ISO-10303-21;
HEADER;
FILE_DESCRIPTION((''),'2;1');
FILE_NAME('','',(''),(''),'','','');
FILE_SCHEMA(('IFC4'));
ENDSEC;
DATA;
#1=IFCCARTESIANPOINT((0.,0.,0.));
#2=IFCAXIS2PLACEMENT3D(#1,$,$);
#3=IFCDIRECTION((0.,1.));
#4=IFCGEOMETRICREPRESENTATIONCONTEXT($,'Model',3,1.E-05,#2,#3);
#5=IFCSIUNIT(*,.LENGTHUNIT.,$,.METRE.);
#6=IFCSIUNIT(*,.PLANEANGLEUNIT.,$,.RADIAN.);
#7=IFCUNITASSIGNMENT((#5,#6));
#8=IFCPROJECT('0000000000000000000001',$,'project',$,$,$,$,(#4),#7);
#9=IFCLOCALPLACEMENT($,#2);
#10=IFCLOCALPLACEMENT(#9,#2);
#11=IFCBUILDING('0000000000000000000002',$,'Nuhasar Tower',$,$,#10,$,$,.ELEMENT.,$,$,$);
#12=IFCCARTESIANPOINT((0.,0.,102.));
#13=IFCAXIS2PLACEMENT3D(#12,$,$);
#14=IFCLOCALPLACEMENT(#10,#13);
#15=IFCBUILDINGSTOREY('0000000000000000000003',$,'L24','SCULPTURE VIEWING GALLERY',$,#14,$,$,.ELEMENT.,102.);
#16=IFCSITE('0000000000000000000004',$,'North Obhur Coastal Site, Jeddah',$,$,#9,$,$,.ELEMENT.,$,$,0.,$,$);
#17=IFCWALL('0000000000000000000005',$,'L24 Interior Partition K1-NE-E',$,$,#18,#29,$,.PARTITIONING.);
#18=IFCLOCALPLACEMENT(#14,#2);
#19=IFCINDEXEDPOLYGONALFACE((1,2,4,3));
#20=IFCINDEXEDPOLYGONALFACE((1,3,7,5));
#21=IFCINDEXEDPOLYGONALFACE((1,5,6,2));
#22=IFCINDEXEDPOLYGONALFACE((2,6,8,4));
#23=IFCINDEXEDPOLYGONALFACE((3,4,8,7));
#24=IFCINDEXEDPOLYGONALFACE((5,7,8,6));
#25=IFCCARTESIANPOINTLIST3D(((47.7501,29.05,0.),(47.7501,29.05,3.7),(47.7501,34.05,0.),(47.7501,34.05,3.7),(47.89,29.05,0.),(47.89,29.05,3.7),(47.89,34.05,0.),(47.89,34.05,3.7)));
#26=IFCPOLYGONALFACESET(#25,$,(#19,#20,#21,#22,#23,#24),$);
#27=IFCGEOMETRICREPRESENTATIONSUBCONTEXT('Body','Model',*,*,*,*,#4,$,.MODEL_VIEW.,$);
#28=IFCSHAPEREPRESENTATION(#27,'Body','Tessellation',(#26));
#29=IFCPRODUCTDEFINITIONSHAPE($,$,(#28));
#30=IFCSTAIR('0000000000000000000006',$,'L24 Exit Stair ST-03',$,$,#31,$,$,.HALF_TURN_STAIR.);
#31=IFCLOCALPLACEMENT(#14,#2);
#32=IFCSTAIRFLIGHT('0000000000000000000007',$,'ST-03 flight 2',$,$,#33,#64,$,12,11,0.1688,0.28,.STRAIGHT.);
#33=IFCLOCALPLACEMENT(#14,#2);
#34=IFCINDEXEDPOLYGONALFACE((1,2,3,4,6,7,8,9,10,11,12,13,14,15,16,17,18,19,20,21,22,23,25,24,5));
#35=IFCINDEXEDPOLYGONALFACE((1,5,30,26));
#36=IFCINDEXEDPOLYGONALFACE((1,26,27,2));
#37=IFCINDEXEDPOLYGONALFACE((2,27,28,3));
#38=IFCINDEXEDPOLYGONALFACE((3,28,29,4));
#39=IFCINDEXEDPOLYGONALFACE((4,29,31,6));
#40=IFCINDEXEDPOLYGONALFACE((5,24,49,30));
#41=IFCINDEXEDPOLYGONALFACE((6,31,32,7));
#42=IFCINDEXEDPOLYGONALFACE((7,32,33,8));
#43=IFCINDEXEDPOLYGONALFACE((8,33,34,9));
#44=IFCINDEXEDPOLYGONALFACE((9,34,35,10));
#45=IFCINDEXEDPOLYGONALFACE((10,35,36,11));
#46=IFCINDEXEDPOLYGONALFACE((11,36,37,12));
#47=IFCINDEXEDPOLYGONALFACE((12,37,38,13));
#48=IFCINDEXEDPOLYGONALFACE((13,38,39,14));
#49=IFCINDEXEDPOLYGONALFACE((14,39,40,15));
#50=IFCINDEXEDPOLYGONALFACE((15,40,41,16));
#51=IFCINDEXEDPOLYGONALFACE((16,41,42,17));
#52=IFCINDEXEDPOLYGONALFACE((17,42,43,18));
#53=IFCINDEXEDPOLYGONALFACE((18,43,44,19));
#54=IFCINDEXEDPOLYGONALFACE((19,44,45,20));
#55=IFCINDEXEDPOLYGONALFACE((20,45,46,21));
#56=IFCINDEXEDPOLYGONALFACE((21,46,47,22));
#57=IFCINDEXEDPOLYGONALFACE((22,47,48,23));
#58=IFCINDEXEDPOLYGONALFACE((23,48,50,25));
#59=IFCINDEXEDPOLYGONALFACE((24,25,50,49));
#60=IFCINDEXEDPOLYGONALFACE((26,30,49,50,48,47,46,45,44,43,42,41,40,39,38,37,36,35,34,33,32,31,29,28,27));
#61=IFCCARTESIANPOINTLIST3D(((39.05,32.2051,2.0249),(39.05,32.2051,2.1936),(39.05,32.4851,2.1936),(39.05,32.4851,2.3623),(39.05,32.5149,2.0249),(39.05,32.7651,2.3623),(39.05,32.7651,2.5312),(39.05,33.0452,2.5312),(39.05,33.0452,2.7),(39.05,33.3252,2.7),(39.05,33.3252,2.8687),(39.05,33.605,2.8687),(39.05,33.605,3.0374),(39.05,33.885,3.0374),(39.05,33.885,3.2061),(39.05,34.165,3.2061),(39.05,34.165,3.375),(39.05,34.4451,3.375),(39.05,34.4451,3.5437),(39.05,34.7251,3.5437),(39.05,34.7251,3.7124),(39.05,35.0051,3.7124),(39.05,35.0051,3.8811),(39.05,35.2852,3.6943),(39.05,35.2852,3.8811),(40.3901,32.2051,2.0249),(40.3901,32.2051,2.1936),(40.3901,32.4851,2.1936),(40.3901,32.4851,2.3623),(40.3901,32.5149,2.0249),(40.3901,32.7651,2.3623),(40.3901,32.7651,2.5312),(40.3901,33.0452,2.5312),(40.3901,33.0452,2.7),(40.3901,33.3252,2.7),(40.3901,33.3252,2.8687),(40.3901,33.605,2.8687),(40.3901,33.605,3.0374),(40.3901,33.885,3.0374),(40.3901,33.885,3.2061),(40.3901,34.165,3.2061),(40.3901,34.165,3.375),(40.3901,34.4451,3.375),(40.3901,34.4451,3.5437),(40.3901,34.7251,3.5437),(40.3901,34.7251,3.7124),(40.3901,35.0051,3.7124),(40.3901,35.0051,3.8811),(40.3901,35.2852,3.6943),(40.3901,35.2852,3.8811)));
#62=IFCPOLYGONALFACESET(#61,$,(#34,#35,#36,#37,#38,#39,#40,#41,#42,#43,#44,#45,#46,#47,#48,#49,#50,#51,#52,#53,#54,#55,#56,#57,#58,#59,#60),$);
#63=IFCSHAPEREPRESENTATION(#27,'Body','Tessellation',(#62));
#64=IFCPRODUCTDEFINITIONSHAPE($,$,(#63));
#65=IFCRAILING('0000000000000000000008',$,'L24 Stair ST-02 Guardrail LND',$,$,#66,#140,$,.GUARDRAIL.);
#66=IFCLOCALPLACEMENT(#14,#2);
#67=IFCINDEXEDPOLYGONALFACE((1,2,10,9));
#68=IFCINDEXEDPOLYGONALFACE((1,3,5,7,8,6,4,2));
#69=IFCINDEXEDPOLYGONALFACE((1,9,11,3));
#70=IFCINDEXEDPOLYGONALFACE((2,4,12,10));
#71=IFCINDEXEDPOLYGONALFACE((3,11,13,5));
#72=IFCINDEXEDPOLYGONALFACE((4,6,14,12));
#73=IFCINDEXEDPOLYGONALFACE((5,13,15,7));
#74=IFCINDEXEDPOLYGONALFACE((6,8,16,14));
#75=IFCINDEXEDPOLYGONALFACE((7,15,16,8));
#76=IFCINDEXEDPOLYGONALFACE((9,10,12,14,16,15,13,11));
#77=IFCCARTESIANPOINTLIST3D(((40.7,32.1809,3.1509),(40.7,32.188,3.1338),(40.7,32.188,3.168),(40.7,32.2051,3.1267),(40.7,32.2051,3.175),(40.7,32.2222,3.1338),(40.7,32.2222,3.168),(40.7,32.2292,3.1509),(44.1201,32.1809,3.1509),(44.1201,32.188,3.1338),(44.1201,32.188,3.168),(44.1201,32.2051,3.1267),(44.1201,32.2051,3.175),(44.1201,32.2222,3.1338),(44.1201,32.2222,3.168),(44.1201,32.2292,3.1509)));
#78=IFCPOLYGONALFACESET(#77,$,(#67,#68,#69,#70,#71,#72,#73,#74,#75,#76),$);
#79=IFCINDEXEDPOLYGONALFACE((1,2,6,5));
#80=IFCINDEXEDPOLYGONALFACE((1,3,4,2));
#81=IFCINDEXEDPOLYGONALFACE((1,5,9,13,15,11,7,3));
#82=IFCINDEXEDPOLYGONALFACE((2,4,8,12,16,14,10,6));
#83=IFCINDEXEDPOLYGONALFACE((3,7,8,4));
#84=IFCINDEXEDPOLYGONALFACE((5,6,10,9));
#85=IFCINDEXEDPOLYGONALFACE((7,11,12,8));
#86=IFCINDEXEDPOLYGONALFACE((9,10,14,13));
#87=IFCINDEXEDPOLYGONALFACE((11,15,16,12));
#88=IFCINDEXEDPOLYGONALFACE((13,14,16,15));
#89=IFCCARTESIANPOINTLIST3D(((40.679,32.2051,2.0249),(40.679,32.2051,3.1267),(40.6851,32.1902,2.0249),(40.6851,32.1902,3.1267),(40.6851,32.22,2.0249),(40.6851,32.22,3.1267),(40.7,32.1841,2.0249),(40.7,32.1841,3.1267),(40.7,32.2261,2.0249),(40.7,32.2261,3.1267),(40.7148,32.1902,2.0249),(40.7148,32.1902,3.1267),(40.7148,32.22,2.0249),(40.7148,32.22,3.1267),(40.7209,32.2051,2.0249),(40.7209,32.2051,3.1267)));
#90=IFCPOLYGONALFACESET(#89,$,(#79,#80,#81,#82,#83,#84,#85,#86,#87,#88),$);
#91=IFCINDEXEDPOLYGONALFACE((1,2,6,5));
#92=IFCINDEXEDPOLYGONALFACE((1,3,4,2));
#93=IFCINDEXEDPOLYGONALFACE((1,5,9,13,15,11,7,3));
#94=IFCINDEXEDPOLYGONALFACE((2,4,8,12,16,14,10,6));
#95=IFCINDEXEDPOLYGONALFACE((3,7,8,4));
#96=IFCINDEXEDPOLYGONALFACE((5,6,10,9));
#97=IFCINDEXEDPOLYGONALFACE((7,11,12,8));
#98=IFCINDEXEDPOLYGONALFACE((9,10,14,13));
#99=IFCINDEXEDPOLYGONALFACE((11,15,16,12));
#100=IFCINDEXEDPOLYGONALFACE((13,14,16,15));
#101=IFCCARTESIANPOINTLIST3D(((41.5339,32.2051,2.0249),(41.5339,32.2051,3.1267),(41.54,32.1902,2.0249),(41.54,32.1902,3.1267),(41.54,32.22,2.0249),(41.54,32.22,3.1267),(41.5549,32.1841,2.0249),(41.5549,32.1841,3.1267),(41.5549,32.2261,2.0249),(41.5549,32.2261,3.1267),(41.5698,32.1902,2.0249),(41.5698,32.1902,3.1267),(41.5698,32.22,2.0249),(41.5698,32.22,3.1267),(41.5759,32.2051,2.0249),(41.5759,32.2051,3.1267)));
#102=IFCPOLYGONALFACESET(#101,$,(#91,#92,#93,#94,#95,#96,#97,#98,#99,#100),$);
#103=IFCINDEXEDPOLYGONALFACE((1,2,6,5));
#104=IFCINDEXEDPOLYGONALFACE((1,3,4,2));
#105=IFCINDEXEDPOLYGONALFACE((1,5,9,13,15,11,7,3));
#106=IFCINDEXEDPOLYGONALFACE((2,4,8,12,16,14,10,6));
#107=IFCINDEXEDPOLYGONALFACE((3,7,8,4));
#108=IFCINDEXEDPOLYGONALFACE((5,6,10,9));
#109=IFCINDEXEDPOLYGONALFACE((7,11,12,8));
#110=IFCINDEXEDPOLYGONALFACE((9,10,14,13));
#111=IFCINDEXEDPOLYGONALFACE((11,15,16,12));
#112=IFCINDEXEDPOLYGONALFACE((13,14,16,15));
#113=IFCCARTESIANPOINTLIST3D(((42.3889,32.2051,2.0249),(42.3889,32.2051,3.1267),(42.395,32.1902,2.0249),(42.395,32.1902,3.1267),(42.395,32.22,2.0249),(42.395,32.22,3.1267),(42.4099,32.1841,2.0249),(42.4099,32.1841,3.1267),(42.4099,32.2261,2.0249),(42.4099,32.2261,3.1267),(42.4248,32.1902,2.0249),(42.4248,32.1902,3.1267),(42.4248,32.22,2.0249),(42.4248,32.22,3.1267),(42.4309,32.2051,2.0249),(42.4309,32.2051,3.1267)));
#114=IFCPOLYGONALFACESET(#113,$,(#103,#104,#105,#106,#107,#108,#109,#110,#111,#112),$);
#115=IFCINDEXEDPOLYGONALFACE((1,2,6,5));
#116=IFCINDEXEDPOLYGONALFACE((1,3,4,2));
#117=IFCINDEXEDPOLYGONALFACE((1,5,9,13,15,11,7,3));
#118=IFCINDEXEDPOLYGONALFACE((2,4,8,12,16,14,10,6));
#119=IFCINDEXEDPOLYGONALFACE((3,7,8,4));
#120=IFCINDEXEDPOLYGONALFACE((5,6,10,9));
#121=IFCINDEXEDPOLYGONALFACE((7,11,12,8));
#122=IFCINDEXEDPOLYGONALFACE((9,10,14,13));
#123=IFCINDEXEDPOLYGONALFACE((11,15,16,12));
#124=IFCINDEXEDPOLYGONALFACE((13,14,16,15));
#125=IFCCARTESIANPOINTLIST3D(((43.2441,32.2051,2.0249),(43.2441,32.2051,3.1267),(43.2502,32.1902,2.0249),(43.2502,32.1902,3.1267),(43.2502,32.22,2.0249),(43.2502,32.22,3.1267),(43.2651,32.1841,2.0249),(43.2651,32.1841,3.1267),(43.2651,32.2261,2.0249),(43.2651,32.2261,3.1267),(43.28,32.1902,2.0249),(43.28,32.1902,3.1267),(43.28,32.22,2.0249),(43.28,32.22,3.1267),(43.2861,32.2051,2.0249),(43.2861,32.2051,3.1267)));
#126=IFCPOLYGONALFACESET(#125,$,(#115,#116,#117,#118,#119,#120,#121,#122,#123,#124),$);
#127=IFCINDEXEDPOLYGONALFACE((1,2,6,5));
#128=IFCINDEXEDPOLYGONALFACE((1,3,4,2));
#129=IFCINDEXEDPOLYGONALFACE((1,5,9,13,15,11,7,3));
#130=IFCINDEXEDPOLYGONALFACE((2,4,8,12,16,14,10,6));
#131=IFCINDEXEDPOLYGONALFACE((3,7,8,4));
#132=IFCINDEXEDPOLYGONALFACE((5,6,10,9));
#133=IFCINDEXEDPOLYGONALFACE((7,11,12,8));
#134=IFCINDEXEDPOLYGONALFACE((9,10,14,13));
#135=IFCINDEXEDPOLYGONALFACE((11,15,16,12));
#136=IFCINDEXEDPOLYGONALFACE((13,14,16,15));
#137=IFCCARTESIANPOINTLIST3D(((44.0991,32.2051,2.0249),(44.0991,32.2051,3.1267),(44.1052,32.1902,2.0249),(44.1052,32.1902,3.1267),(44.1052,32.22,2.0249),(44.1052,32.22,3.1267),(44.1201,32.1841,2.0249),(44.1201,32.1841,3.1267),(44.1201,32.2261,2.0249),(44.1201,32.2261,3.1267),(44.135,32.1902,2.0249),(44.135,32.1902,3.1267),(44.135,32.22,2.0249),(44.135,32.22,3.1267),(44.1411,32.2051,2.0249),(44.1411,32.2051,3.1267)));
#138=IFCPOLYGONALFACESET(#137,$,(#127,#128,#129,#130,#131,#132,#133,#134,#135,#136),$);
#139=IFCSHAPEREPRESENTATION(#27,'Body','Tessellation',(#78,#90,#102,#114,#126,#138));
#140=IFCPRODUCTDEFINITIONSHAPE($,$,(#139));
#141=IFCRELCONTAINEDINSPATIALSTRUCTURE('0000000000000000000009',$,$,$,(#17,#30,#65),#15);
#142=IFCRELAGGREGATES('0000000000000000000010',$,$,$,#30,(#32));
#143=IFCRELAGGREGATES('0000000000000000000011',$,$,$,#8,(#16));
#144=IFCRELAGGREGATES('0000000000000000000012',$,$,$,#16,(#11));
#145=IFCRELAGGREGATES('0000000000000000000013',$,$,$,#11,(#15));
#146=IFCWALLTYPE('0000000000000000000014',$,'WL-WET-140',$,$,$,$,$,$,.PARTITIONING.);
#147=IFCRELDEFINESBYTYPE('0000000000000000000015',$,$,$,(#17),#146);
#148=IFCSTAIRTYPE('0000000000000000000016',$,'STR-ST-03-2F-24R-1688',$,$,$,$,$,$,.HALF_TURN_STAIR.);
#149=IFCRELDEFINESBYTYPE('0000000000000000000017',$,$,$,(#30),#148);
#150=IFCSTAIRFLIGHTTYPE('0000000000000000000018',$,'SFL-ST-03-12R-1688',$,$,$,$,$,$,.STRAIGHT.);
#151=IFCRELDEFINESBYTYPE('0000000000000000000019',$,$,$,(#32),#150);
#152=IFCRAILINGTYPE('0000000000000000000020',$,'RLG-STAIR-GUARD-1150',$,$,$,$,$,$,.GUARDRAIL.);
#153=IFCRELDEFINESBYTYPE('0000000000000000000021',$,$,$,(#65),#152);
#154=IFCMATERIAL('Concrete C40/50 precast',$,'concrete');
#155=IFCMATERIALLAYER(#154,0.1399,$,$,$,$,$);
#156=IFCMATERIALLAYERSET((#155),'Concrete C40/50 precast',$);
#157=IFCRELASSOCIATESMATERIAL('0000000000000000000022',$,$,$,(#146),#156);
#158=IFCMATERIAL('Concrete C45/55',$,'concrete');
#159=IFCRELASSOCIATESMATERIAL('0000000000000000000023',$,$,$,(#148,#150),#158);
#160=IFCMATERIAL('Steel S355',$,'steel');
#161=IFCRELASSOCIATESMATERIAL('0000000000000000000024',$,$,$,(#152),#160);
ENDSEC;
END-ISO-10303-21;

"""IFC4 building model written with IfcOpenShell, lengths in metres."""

from ifc_helpers import new_model, si_unit, direction, frame, frame_2d, origin, place, context, subcontext, project, spatial, polyline, rectangle, outline, extrude, material, layer, layer_set, type_object, element, aggregate, save


model = new_model("IFC4")

# Units and contexts
model_context = context("Model", 3, precision=1e-05, world=origin(), true_north=direction((0.0, 1.0)))
body_context = subcontext(model_context, "Body", "Model", "MODEL_VIEW")
ifc_project = project(units=[si_unit("LENGTHUNIT", "METRE"), si_unit("PLANEANGLEUNIT", "RADIAN")], contexts=[model_context])

# Site, building, storey
site_placement = place(None, origin())
site = spatial("IfcSite", under=ifc_project, at=site_placement, Name="North Obhur Coastal Site, Jeddah", CompositionType="ELEMENT", RefElevation=0.0)
building_placement = place(site_placement, origin())
building = spatial("IfcBuilding", under=site, at=building_placement, Name="Nuhasar Tower", CompositionType="ELEMENT")
storey_placement = place(building_placement, frame((0.0, 0.0, 102.0)))
storey = spatial("IfcBuildingStorey", under=building, at=storey_placement, Name="L24", Description="SCULPTURE VIEWING GALLERY", CompositionType="ELEMENT", Elevation=102.0)

# Shared definitions
ifc_material_1 = material(Name="Concrete C45/55", Category="concrete")

# Shared definitions
ifc_material_2 = material(Name="Steel S355", Category="steel")

# Wall
ifc_material_3 = material(Name="Concrete C40/50 precast", Category="concrete")
ifc_layer_1 = layer(ifc_material_3, 0.1399)
ifc_layer_set_1 = layer_set([ifc_layer_1], Name="Concrete C40/50 precast")
wall_type_1 = type_object("IfcWallType", Name="WL-WET-140", PredefinedType="PARTITIONING", material=ifc_layer_set_1)
wall_1_placement = place(storey_placement, frame((47.8201, 29.05, 0.0), z_axis=(0.0, 0.0, 1.0), x_axis=(0.0, 1.0, 0.0)))
element("IfcWall", 1, at=wall_1_placement, inside=storey, type_object=wall_type_1, Name="L24 Interior Partition K1-NE-E", PredefinedType="PARTITIONING", context=body_context, shape_type="SweptSolid", body=[
    extrude(rectangle(XDim=5.0, YDim=0.1399, at=frame_2d((2.5, 0.0))), origin(), (0.0, 0.0, 1.0), 3.7),
])

# Stair, stair flight
stair_type = type_object("IfcStairType", Name="STR-ST-03-2F-24R-1688", PredefinedType="HALF_TURN_STAIR", material=ifc_material_1)
stair_placement = place(storey_placement, origin())
stair = element("IfcStair", 2, at=stair_placement, inside=storey, type_object=stair_type, Name="L24 Exit Stair ST-03", PredefinedType="HALF_TURN_STAIR")
stair_flight_type = type_object("IfcStairFlightType", Name="SFL-ST-03-12R-1688", PredefinedType="STRAIGHT", material=ifc_material_1)
stair_flight_placement = place(storey_placement, frame((39.72, 32.2051, 2.0249), z_axis=(0.0, 0.0, 1.0), x_axis=(0.0, 1.0, 0.0)))
stair_flight = element("IfcStairFlight", 3, at=stair_flight_placement, type_object=stair_flight_type, Name="ST-03 flight 2", NumberOfRisers=12, NumberOfTreads=11, PredefinedType="STRAIGHT", RiserHeight=0.1688, TreadLength=0.28, context=body_context, shape_type="SweptSolid", body=[
    extrude(outline(polyline([(0.0, 0.0), (0.0, 0.1687), (0.28, 0.1687), (0.28, 0.3374), (0.5601, 0.3374), (0.5601, 0.5063), (0.8401, 0.5063), (0.8401, 0.675), (1.1201, 0.675), (1.1201, 0.8438), (1.3999, 0.8438), (1.3999, 1.0125), (1.6799, 1.0125), (1.6799, 1.1812), (1.96, 1.1812), (1.96, 1.3501), (2.24, 1.3501), (2.24, 1.5188), (2.52, 1.5188), (2.52, 1.6875), (2.8, 1.6875), (2.8, 1.8562), (3.0801, 1.8562), (3.0801, 2.0249), (3.0801, 1.6694), (0.3098, 0.0), (0.0, 0.0)])), frame((0.0, 0.6699, 0.0), z_axis=(0.0, -1.0, 0.0), x_axis=(1.0, 0.0, 0.0)), (0.0, 0.0, 1.0), 1.3401),
])
aggregate(stair, [stair_flight])

# Railing
railing_type = type_object("IfcRailingType", Name="RLG-STAIR-GUARD-1150", PredefinedType="GUARDRAIL", material=ifc_material_2)
railing_placement = place(storey_placement, frame((40.7, 32.2051, 2.0249)))
element("IfcRailing", 4, at=railing_placement, inside=storey, type_object=railing_type, Name="L24 Stair ST-02 Guardrail LND", PredefinedType="GUARDRAIL", context=body_context, shape_type="SweptSolid", body=[
    extrude(outline(polyline([(0.0242, 0.0), (0.0171, 0.0171), (0.0, 0.0242), (-0.0171, 0.0171), (-0.0242, 0.0), (-0.0171, -0.0171), (0.0, -0.0242), (0.0171, -0.0171), (0.0242, 0.0)])), frame((0.0, 0.0, 1.126), z_axis=(1.0, 0.0, 0.0), x_axis=(0.0, 1.0, 0.0)), (0.0, 0.0, 1.0), 3.4202),
    extrude(outline(polyline([(0.021, 0.0), (0.0149, 0.0149), (0.0, 0.021), (-0.0149, 0.0149), (-0.021, 0.0), (-0.0149, -0.0149), (0.0, -0.021), (0.0149, -0.0149), (0.021, 0.0)])), origin(), (0.0, 0.0, 1.0), 1.1018),
    extrude(outline(polyline([(0.021, 0.0), (0.0149, 0.0149), (0.0, 0.021), (-0.0149, 0.0149), (-0.021, 0.0), (-0.0149, -0.0149), (0.0, -0.021), (0.0149, -0.0149), (0.021, 0.0)])), frame((0.855, 0.0, 0.0)), (0.0, 0.0, 1.0), 1.1018),
    extrude(outline(polyline([(0.021, 0.0), (0.0149, 0.0149), (0.0, 0.021), (-0.0149, 0.0149), (-0.021, 0.0), (-0.0149, -0.0149), (0.0, -0.021), (0.0149, -0.0149), (0.021, 0.0)])), frame((1.71, 0.0, 0.0)), (0.0, 0.0, 1.0), 1.1018),
    extrude(outline(polyline([(0.021, 0.0), (0.0149, 0.0149), (0.0, 0.021), (-0.0149, 0.0149), (-0.021, 0.0), (-0.0149, -0.0149), (0.0, -0.021), (0.0149, -0.0149), (0.021, 0.0)])), frame((2.5652, 0.0, 0.0)), (0.0, 0.0, 1.0), 1.1018),
    extrude(outline(polyline([(0.021, 0.0), (0.0149, 0.0149), (0.0, 0.021), (-0.0149, 0.0149), (-0.021, 0.0), (-0.0149, -0.0149), (0.0, -0.021), (0.0149, -0.0149), (0.021, 0.0)])), frame((3.4202, 0.0, 0.0)), (0.0, 0.0, 1.0), 1.1018),
])

save(model, "model.ifc")
